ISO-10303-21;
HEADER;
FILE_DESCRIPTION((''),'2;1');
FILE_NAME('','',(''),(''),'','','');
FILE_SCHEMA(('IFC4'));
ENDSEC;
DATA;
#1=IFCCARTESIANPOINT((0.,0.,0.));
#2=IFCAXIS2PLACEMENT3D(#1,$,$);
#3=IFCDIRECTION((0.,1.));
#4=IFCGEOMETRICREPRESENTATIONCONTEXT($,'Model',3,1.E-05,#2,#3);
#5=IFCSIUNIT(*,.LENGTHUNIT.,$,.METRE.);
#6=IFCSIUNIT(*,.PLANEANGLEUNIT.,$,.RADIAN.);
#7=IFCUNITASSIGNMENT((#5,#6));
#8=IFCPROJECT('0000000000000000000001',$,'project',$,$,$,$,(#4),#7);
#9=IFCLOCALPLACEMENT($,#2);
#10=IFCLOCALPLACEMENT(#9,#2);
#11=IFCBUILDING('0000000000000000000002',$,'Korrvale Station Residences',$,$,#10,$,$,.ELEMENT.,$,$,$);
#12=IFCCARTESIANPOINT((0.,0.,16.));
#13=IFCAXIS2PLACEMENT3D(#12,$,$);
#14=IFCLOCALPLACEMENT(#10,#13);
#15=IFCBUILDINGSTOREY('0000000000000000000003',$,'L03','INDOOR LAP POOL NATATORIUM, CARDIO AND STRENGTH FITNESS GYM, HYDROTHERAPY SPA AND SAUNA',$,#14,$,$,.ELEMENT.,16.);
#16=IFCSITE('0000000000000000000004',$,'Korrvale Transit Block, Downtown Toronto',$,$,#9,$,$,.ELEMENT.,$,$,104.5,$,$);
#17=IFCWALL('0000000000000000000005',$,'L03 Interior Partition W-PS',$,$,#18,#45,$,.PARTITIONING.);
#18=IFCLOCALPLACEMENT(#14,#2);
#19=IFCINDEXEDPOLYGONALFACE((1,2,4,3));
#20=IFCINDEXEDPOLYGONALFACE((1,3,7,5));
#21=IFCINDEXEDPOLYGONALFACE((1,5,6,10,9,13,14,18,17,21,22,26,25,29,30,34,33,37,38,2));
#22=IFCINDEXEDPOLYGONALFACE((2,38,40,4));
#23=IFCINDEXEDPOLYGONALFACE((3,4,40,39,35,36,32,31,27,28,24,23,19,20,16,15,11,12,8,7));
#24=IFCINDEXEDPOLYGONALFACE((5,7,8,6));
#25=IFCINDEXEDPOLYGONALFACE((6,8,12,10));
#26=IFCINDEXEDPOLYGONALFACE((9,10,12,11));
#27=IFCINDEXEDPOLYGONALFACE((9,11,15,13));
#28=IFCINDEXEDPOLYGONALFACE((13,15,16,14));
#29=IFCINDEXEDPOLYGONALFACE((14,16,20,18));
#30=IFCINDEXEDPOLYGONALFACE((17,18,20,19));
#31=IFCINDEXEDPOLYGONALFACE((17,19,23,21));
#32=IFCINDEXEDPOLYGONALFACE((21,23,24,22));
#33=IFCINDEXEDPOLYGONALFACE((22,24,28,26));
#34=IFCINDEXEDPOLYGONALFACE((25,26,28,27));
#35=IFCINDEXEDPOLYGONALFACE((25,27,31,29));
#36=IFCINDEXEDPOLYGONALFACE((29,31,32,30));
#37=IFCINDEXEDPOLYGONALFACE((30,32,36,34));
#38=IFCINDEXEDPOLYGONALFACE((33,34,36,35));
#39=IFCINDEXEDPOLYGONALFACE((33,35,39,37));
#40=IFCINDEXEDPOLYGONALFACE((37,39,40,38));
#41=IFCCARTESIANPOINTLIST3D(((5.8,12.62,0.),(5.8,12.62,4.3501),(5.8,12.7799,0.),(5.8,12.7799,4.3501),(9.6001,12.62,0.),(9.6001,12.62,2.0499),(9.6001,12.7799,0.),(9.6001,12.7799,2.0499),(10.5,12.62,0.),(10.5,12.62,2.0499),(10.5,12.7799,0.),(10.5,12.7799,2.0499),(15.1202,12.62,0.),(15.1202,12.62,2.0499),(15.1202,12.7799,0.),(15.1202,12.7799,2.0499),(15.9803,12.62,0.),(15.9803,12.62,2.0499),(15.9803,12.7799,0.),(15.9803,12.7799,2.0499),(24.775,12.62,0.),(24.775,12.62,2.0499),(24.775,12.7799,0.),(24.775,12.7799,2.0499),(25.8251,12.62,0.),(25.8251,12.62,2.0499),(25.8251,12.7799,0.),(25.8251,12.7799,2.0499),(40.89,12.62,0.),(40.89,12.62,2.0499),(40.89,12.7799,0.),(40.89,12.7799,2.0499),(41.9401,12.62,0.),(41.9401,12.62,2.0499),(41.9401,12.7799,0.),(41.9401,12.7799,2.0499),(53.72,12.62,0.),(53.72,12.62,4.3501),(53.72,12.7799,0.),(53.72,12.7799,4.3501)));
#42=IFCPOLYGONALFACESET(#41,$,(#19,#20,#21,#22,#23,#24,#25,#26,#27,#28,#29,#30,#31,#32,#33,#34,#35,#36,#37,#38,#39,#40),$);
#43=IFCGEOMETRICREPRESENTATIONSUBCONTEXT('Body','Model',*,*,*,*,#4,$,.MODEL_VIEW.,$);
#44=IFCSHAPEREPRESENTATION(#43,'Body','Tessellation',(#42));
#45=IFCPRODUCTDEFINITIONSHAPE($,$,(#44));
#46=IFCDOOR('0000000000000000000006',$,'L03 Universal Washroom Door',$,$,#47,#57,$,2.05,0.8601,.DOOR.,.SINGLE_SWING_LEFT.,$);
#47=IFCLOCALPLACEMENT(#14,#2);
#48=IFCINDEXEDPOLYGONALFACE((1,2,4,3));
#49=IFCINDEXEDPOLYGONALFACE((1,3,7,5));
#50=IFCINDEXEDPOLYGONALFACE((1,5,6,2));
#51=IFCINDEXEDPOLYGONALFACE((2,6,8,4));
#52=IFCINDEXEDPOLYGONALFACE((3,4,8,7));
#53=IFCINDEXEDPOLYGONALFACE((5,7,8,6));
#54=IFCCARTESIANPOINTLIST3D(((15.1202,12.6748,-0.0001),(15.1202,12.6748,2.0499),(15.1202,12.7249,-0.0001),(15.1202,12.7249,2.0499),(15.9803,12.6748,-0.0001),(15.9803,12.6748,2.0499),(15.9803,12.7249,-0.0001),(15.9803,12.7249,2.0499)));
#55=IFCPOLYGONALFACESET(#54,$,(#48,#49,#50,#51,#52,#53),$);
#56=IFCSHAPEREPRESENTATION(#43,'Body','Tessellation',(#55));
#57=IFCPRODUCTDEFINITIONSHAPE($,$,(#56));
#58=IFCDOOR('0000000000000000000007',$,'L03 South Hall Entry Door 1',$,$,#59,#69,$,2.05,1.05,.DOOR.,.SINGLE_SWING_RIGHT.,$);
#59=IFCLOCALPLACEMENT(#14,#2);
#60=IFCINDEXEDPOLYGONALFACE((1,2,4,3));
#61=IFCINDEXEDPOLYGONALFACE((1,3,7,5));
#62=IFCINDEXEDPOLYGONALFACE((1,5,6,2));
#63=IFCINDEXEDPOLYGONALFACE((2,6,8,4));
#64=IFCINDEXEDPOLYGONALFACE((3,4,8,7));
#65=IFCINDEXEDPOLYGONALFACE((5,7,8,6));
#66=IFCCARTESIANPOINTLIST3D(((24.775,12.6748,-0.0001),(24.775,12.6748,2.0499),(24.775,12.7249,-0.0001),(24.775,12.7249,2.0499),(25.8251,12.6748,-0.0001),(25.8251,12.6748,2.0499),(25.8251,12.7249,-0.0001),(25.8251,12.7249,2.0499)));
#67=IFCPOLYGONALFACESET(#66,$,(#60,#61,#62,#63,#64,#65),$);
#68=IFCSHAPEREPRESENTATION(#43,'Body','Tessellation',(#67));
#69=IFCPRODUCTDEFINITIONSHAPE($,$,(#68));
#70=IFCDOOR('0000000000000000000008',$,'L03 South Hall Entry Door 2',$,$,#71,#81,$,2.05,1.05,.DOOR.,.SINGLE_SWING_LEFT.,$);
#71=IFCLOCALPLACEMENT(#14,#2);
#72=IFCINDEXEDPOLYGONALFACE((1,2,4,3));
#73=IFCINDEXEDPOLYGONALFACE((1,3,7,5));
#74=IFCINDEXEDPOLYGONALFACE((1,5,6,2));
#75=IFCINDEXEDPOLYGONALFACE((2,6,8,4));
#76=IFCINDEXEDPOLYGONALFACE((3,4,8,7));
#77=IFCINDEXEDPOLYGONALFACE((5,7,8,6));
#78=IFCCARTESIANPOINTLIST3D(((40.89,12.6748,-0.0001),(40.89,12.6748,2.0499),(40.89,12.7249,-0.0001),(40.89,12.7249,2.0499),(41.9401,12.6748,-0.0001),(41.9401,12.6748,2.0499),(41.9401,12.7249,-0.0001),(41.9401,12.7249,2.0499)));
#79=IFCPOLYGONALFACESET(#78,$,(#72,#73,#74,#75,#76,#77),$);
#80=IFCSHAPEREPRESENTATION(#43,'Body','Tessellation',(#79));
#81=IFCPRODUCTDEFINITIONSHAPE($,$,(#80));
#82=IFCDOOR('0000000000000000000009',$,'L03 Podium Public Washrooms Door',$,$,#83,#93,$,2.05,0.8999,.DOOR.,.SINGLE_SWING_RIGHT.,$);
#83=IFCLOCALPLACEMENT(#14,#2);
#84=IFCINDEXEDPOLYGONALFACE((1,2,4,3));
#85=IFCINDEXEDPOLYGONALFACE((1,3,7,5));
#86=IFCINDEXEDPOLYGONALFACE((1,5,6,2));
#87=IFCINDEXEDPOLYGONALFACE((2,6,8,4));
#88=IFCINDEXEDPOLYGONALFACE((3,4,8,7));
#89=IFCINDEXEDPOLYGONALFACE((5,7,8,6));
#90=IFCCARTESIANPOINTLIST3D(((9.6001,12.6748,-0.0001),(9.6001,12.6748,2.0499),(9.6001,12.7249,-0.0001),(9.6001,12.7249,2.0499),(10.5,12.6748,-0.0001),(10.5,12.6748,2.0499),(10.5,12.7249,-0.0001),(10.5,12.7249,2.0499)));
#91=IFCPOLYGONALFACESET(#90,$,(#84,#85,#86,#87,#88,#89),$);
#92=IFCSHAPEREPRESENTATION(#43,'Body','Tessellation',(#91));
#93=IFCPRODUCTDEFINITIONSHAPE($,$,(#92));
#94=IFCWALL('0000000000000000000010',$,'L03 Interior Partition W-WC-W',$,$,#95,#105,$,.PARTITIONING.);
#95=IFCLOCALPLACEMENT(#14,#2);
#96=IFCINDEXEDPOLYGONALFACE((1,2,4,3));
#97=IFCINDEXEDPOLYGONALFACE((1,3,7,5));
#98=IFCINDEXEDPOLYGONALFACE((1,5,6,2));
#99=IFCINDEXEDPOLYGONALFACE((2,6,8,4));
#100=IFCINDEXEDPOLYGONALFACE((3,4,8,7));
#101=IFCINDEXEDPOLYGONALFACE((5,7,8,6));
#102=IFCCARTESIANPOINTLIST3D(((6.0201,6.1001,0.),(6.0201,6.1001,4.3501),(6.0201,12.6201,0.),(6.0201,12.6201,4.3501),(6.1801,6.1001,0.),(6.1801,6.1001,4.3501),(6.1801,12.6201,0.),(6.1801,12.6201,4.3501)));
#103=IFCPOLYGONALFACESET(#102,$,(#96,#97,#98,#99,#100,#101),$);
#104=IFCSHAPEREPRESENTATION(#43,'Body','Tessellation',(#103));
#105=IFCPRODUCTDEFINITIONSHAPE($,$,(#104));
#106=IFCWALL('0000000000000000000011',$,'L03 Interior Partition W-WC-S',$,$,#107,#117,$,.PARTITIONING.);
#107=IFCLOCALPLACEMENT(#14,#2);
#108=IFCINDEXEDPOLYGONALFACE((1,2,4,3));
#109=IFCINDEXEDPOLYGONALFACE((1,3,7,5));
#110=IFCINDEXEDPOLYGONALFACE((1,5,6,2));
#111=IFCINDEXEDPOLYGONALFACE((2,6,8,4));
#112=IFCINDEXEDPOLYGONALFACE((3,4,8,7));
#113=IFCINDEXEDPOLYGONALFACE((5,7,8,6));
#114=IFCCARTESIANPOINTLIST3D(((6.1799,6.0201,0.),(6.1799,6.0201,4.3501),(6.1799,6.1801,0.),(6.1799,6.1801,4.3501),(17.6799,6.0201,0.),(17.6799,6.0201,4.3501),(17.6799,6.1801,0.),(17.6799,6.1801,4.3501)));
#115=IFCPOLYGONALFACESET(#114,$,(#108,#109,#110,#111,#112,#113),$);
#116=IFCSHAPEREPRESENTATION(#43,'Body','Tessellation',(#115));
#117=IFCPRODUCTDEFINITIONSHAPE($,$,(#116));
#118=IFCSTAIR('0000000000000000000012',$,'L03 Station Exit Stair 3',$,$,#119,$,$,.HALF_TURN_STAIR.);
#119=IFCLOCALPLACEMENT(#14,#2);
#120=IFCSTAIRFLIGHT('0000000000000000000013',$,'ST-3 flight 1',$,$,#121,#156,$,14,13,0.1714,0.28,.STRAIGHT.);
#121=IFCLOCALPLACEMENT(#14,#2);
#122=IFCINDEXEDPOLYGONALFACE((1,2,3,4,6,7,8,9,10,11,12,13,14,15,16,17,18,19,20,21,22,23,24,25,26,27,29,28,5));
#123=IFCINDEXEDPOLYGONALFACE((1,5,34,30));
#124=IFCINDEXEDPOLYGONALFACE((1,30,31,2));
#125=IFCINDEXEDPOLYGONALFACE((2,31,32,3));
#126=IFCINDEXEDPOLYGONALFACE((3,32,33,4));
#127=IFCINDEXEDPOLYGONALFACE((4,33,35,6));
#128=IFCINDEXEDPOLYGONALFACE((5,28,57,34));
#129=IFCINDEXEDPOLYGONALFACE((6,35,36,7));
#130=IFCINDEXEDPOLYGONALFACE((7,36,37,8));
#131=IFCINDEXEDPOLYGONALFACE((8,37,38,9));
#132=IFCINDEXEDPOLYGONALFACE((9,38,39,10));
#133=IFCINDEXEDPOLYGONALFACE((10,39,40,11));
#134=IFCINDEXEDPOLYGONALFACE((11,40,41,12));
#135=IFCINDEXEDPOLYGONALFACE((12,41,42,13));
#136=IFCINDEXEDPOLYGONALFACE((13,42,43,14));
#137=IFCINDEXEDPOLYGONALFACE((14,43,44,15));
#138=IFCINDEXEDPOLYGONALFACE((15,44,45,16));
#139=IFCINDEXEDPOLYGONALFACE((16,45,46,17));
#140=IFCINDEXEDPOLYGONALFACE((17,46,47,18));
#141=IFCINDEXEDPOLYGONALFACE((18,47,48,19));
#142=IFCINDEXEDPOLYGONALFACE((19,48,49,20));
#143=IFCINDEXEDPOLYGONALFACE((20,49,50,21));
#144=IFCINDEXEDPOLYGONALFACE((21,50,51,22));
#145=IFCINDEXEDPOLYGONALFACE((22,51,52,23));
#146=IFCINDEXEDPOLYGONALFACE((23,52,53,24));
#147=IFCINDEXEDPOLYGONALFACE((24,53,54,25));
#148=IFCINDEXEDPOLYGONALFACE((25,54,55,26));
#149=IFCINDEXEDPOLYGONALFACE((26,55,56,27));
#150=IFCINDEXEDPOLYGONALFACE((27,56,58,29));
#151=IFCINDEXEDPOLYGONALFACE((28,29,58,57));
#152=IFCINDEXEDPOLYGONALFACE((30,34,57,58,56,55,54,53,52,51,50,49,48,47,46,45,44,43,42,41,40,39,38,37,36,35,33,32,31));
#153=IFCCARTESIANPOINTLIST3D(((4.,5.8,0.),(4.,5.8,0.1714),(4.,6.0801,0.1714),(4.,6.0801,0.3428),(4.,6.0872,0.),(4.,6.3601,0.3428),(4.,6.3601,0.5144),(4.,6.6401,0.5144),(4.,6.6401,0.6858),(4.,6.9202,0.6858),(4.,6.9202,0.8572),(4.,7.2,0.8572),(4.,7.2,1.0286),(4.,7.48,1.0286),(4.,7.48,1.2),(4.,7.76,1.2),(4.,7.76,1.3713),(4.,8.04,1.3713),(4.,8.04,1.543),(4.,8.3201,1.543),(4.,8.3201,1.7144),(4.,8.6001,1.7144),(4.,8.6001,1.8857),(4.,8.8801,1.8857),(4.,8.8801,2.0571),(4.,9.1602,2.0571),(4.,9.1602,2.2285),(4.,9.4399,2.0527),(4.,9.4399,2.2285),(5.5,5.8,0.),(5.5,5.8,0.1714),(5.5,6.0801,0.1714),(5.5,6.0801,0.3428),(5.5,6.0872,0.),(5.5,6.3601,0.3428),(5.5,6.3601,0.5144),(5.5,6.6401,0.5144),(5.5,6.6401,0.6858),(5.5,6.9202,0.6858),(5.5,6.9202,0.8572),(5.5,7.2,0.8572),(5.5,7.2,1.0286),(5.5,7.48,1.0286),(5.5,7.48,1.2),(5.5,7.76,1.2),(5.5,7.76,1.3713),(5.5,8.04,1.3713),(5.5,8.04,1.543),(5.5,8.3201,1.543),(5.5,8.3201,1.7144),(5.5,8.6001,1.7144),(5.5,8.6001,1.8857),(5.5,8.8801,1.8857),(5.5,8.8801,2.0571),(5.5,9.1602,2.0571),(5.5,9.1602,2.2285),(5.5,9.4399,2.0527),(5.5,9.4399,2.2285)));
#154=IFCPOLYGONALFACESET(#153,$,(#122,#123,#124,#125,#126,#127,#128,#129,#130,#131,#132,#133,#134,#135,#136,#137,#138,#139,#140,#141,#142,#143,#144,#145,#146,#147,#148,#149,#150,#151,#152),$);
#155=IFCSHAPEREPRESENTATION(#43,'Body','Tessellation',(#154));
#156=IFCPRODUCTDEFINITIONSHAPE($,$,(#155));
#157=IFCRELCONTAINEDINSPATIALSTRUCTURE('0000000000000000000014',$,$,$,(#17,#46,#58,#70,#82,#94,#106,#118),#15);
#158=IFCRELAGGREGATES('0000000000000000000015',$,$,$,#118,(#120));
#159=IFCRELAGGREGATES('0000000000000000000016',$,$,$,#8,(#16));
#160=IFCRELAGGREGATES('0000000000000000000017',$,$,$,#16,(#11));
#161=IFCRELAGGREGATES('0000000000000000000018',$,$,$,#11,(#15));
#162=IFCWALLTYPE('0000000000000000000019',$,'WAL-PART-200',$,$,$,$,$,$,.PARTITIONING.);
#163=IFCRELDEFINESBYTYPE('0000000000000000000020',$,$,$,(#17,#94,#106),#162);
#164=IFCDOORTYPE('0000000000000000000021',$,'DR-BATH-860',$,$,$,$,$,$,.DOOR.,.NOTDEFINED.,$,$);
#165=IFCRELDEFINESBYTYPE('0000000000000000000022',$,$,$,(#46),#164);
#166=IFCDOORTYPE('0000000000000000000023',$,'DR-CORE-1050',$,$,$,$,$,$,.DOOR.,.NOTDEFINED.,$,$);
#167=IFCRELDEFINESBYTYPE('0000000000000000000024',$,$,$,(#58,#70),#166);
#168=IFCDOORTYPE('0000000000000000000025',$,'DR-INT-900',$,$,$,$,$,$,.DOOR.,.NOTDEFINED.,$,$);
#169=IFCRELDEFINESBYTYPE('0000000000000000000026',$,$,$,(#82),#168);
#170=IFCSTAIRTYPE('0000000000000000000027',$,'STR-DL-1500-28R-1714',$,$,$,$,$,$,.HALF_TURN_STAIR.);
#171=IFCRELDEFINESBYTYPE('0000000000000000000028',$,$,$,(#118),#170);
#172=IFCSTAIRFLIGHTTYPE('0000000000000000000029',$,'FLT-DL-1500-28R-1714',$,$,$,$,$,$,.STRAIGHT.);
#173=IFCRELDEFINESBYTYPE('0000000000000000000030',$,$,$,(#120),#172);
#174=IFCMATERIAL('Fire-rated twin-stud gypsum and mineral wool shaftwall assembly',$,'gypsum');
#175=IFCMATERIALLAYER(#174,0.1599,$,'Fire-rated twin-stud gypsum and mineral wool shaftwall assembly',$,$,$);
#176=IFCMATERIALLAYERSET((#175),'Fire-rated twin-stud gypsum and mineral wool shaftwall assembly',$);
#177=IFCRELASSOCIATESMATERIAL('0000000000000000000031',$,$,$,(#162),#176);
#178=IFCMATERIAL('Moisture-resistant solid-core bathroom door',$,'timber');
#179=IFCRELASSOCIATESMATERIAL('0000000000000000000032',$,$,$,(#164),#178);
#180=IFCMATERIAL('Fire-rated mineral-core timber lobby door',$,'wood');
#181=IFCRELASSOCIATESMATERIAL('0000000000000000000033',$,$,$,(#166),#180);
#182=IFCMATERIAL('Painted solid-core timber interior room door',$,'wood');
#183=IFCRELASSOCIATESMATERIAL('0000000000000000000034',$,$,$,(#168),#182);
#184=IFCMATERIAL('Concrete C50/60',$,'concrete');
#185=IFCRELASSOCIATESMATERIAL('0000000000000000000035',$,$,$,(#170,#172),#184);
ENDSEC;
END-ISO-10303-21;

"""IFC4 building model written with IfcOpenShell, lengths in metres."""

from ifc_helpers import new_model, si_unit, direction, frame, frame_2d, origin, place, context, subcontext, project, spatial, polyline, rectangle, outline, extrude, material, layer, layer_set, type_object, element, fill, aggregate, save


model = new_model("IFC4")

# Units and contexts
model_context = context("Model", 3, precision=1e-05, world=origin(), true_north=direction((0.0, 1.0)))
body_context = subcontext(model_context, "Body", "Model", "MODEL_VIEW")
ifc_project = project(units=[si_unit("LENGTHUNIT", "METRE"), si_unit("PLANEANGLEUNIT", "RADIAN")], contexts=[model_context])

# Site, building, storey
site_placement = place(None, origin())
site = spatial("IfcSite", under=ifc_project, at=site_placement, Name="Korrvale Transit Block, Downtown Toronto", CompositionType="ELEMENT", RefElevation=104.5)
building_placement = place(site_placement, origin())
building = spatial("IfcBuilding", under=site, at=building_placement, Name="Korrvale Station Residences", CompositionType="ELEMENT")
storey_placement = place(building_placement, frame((0.0, 0.0, 16.0)))
storey = spatial("IfcBuildingStorey", under=building, at=storey_placement, Name="L03", Description="INDOOR LAP POOL NATATORIUM, CARDIO AND STRENGTH FITNESS GYM, HYDROTHERAPY SPA AND SAUNA", CompositionType="ELEMENT", Elevation=16.0)

# Wall, openings, doors
ifc_material_1 = material(Name="Fire-rated twin-stud gypsum and mineral wool shaftwall assembly", Category="gypsum")
ifc_layer_1 = layer(ifc_material_1, 0.1599, Name="Fire-rated twin-stud gypsum and mineral wool shaftwall assembly")
ifc_layer_set_1 = layer_set([ifc_layer_1], Name="Fire-rated twin-stud gypsum and mineral wool shaftwall assembly")
wall_type_1 = type_object("IfcWallType", Name="WAL-PART-200", PredefinedType="PARTITIONING", material=ifc_layer_set_1)
wall_1_placement = place(storey_placement, frame((5.8, 12.7, 0.0), z_axis=(0.0, 0.0, 1.0), x_axis=(1.0, 0.0, 0.0)))
wall_1 = element("IfcWall", 1, at=wall_1_placement, inside=storey, type_object=wall_type_1, Name="L03 Interior Partition W-PS", PredefinedType="PARTITIONING", context=body_context, shape_type="SweptSolid", body=[
    extrude(rectangle(XDim=47.9199, YDim=0.1599, at=frame_2d((23.96, 0.0))), origin(), (0.0, 0.0, 1.0), 4.3501),
])
opening_1_placement = place(wall_1_placement, frame((3.8, 0.0, 0.0)))
opening_1 = element("IfcOpeningElement", 2, at=opening_1_placement, cuts=wall_1, PredefinedType="OPENING", context=body_context, shape_type="SweptSolid", body=[
    extrude(rectangle(XDim=0.8999, YDim=2.05, at=frame_2d((0.45, 1.0249))), frame((0.0, 0.0898, 0.0), z_axis=(0.0, -1.0, 0.0), x_axis=(1.0, 0.0, 0.0)), (0.0, 0.0, 1.0), 0.1799),
])
opening_2_placement = place(wall_1_placement, frame((9.3201, 0.0, 0.0)))
opening_2 = element("IfcOpeningElement", 3, at=opening_2_placement, cuts=wall_1, PredefinedType="OPENING", context=body_context, shape_type="SweptSolid", body=[
    extrude(rectangle(XDim=0.8601, YDim=2.05, at=frame_2d((0.4302, 1.0249))), frame((0.0, 0.0898, 0.0), z_axis=(0.0, -1.0, 0.0), x_axis=(1.0, 0.0, 0.0)), (0.0, 0.0, 1.0), 0.1799),
])
opening_3_placement = place(wall_1_placement, frame((18.9751, 0.0, 0.0)))
opening_3 = element("IfcOpeningElement", 4, at=opening_3_placement, cuts=wall_1, PredefinedType="OPENING", context=body_context, shape_type="SweptSolid", body=[
    extrude(rectangle(XDim=1.05, YDim=2.05, at=frame_2d((0.5249, 1.0249))), frame((0.0, 0.0898, 0.0), z_axis=(0.0, -1.0, 0.0), x_axis=(1.0, 0.0, 0.0)), (0.0, 0.0, 1.0), 0.1799),
])
opening_4_placement = place(wall_1_placement, frame((35.0901, 0.0, 0.0)))
opening_4 = element("IfcOpeningElement", 5, at=opening_4_placement, cuts=wall_1, PredefinedType="OPENING", context=body_context, shape_type="SweptSolid", body=[
    extrude(rectangle(XDim=1.05, YDim=2.05, at=frame_2d((0.5249, 1.0249))), frame((0.0, 0.0898, 0.0), z_axis=(0.0, -1.0, 0.0), x_axis=(1.0, 0.0, 0.0)), (0.0, 0.0, 1.0), 0.1799),
])
ifc_material_2 = material(Name="Moisture-resistant solid-core bathroom door", Category="timber")
door_type_1 = type_object("IfcDoorType", Name="DR-BATH-860", OperationType="NOTDEFINED", PredefinedType="DOOR", material=ifc_material_2)
door_1_placement = place(opening_2_placement, origin())
door_1 = element("IfcDoor", 6, at=door_1_placement, inside=storey, type_object=door_type_1, Name="L03 Universal Washroom Door", OperationType="SINGLE_SWING_LEFT", OverallHeight=2.05, OverallWidth=0.8601, PredefinedType="DOOR", context=body_context, shape_type="SweptSolid", body=[
    extrude(rectangle(XDim=0.8601, YDim=2.05, at=frame_2d((0.4302, 1.0249))), frame((0.0, 0.0249, 0.0), z_axis=(0.0, -1.0, 0.0), x_axis=(1.0, 0.0, 0.0)), (0.0, 0.0, 1.0), 0.05),
])
fill(opening_2, door_1)
ifc_material_3 = material(Name="Fire-rated mineral-core timber lobby door", Category="wood")
door_type_2 = type_object("IfcDoorType", Name="DR-CORE-1050", OperationType="NOTDEFINED", PredefinedType="DOOR", material=ifc_material_3)
door_2_placement = place(opening_3_placement, origin())
door_2 = element("IfcDoor", 7, at=door_2_placement, inside=storey, type_object=door_type_2, Name="L03 South Hall Entry Door 1", OperationType="SINGLE_SWING_RIGHT", OverallHeight=2.05, OverallWidth=1.05, PredefinedType="DOOR", context=body_context, shape_type="SweptSolid", body=[
    extrude(rectangle(XDim=1.05, YDim=2.05, at=frame_2d((0.5249, 1.0249))), frame((0.0, 0.0249, 0.0), z_axis=(0.0, -1.0, 0.0), x_axis=(1.0, 0.0, 0.0)), (0.0, 0.0, 1.0), 0.05),
])
fill(opening_3, door_2)
door_3_placement = place(opening_4_placement, origin())
door_3 = element("IfcDoor", 8, at=door_3_placement, inside=storey, type_object=door_type_2, Name="L03 South Hall Entry Door 2", OperationType="SINGLE_SWING_LEFT", OverallHeight=2.05, OverallWidth=1.05, PredefinedType="DOOR", context=body_context, shape_type="SweptSolid", body=[
    extrude(rectangle(XDim=1.05, YDim=2.05, at=frame_2d((0.5249, 1.0249))), frame((0.0, 0.0249, 0.0), z_axis=(0.0, -1.0, 0.0), x_axis=(1.0, 0.0, 0.0)), (0.0, 0.0, 1.0), 0.05),
])
fill(opening_4, door_3)
ifc_material_4 = material(Name="Painted solid-core timber interior room door", Category="wood")
door_type_3 = type_object("IfcDoorType", Name="DR-INT-900", OperationType="NOTDEFINED", PredefinedType="DOOR", material=ifc_material_4)
door_4_placement = place(opening_1_placement, origin())
door_4 = element("IfcDoor", 9, at=door_4_placement, inside=storey, type_object=door_type_3, Name="L03 Podium Public Washrooms Door", OperationType="SINGLE_SWING_RIGHT", OverallHeight=2.05, OverallWidth=0.8999, PredefinedType="DOOR", context=body_context, shape_type="SweptSolid", body=[
    extrude(rectangle(XDim=0.8999, YDim=2.05, at=frame_2d((0.45, 1.0249))), frame((0.0, 0.0249, 0.0), z_axis=(0.0, -1.0, 0.0), x_axis=(1.0, 0.0, 0.0)), (0.0, 0.0, 1.0), 0.05),
])
fill(opening_1, door_4)

# Walls
wall_2_placement = place(storey_placement, frame((6.1001, 6.1001, 0.0), z_axis=(0.0, 0.0, 1.0), x_axis=(0.0, 1.0, 0.0)))
element("IfcWall", 10, at=wall_2_placement, inside=storey, type_object=wall_type_1, Name="L03 Interior Partition W-WC-W", PredefinedType="PARTITIONING", context=body_context, shape_type="SweptSolid", body=[
    extrude(rectangle(XDim=6.52, YDim=0.1599, at=frame_2d((3.26, 0.0))), origin(), (0.0, 0.0, 1.0), 4.3501),
])
wall_3_placement = place(storey_placement, frame((6.1799, 6.1001, 0.0), z_axis=(0.0, 0.0, 1.0), x_axis=(1.0, 0.0, 0.0)))
element("IfcWall", 11, at=wall_3_placement, inside=storey, type_object=wall_type_1, Name="L03 Interior Partition W-WC-S", PredefinedType="PARTITIONING", context=body_context, shape_type="SweptSolid", body=[
    extrude(rectangle(XDim=11.5, YDim=0.1599, at=frame_2d((5.75, 0.0))), origin(), (0.0, 0.0, 1.0), 4.3501),
])

# Stair, stair flight
ifc_material_5 = material(Name="Concrete C50/60", Category="concrete")
stair_type = type_object("IfcStairType", Name="STR-DL-1500-28R-1714", PredefinedType="HALF_TURN_STAIR", material=ifc_material_5)
stair_placement = place(storey_placement, origin())
stair = element("IfcStair", 12, at=stair_placement, inside=storey, type_object=stair_type, Name="L03 Station Exit Stair 3", PredefinedType="HALF_TURN_STAIR")
stair_flight_type = type_object("IfcStairFlightType", Name="FLT-DL-1500-28R-1714", PredefinedType="STRAIGHT", material=ifc_material_5)
stair_flight_1_placement = place(storey_placement, frame((4.75, 5.8, 0.0), z_axis=(0.0, 0.0, 1.0), x_axis=(0.0, 1.0, 0.0)))
stair_flight_1 = element("IfcStairFlight", 13, at=stair_flight_1_placement, type_object=stair_flight_type, Name="ST-3 flight 1", NumberOfRisers=14, NumberOfTreads=13, PredefinedType="STRAIGHT", RiserHeight=0.1714, TreadLength=0.28, context=body_context, shape_type="SweptSolid", body=[
    extrude(outline(polyline([(0.0, 0.0), (0.0, 0.1714), (0.28, 0.1714), (0.28, 0.3428), (0.5601, 0.3428), (0.5601, 0.5144), (0.8401, 0.5144), (0.8401, 0.6858), (1.1201, 0.6858), (1.1201, 0.8572), (1.3999, 0.8572), (1.3999, 1.0286), (1.6799, 1.0286), (1.6799, 1.2), (1.96, 1.2), (1.96, 1.3713), (2.24, 1.3713), (2.24, 1.543), (2.52, 1.543), (2.52, 1.7144), (2.8, 1.7144), (2.8, 1.8857), (3.0801, 1.8857), (3.0801, 2.0571), (3.3601, 2.0571), (3.3601, 2.2285), (3.6399, 2.2285), (3.6399, 2.3999), (3.6399, 2.0527), (0.2871, 0.0), (0.0, 0.0)])), frame((0.0, 0.75, 0.0), z_axis=(0.0, -1.0, 0.0), x_axis=(1.0, 0.0, 0.0)), (0.0, 0.0, 1.0), 1.5),
])
aggregate(stair, [stair_flight_1])

save(model, "model.ifc")
